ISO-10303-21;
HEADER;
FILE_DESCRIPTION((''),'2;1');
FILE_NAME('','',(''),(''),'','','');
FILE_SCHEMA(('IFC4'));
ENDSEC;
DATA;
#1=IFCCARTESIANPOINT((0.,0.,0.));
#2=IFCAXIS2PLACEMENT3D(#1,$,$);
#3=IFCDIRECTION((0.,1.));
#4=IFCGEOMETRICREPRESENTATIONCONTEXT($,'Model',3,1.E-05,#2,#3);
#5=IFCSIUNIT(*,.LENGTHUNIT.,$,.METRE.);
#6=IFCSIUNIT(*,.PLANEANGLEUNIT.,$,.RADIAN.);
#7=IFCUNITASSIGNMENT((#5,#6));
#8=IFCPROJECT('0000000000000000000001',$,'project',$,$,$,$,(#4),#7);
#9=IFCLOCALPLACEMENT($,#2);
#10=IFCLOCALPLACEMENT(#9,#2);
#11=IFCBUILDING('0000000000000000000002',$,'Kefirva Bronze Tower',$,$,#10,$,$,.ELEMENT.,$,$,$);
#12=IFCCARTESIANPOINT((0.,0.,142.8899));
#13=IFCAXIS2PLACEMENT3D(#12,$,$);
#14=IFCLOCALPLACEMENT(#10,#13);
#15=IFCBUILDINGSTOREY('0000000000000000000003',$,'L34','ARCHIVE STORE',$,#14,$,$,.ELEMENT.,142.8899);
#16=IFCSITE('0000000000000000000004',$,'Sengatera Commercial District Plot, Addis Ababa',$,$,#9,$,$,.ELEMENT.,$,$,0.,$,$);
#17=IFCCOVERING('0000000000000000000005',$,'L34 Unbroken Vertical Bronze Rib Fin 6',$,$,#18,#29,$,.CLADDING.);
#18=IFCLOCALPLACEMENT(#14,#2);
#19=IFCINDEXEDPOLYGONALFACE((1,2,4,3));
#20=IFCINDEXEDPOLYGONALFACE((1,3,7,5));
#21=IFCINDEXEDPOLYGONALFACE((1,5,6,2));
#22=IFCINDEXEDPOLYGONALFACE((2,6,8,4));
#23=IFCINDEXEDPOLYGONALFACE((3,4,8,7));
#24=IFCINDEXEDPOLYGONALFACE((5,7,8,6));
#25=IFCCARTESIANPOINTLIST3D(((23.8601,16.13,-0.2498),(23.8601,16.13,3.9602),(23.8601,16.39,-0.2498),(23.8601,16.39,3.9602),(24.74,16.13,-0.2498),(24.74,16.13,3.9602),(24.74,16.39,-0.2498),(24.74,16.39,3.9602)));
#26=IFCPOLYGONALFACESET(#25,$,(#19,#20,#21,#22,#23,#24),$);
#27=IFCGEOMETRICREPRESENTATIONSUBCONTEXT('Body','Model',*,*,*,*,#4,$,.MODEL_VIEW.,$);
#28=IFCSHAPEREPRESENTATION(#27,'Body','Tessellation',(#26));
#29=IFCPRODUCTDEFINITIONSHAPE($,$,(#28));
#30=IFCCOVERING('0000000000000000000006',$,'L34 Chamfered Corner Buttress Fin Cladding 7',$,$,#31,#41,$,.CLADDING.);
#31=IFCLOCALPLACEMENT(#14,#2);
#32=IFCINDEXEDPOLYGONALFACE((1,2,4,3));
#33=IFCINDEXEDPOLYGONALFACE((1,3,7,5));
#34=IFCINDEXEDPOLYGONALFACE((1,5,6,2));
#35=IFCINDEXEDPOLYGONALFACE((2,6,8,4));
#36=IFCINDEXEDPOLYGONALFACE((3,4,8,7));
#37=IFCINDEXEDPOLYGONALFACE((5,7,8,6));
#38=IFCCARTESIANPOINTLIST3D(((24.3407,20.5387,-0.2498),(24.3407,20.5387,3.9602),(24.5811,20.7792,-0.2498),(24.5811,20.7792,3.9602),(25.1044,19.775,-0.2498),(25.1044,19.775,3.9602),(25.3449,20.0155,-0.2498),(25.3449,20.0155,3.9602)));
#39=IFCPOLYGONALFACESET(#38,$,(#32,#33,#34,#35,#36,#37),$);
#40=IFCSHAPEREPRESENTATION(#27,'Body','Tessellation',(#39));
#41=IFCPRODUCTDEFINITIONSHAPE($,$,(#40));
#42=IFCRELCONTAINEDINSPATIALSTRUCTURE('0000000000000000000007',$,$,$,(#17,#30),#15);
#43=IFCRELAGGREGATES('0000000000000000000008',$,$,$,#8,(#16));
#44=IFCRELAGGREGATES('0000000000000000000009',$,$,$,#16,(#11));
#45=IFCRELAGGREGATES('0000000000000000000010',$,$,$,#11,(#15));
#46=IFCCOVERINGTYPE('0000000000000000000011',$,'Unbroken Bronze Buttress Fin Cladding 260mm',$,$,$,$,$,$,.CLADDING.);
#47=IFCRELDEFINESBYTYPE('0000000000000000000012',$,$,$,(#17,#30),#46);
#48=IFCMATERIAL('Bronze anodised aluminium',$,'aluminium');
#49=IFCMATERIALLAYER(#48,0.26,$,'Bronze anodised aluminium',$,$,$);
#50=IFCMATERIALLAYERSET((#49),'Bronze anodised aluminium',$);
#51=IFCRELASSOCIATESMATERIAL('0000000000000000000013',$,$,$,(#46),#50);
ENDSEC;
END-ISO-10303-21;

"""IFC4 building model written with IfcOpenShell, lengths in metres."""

from ifc_helpers import new_model, si_unit, direction, frame, origin, origin_2d, place, context, subcontext, project, spatial, rectangle, extrude, material, layer, layer_set, type_object, element, save


model = new_model("IFC4")

# Units and contexts
model_context = context("Model", 3, precision=1e-05, world=origin(), true_north=direction((0.0, 1.0)))
body_context = subcontext(model_context, "Body", "Model", "MODEL_VIEW")
ifc_project = project(units=[si_unit("LENGTHUNIT", "METRE"), si_unit("PLANEANGLEUNIT", "RADIAN")], contexts=[model_context])

# Site, building, storey
site_placement = place(None, origin())
site = spatial("IfcSite", under=ifc_project, at=site_placement, Name="Sengatera Commercial District Plot, Addis Ababa", CompositionType="ELEMENT", RefElevation=0.0)
building_placement = place(site_placement, origin())
building = spatial("IfcBuilding", under=site, at=building_placement, Name="Kefirva Bronze Tower", CompositionType="ELEMENT")
storey_placement = place(building_placement, frame((0.0, 0.0, 142.8899)))
storey = spatial("IfcBuildingStorey", under=building, at=storey_placement, Name="L34", Description="ARCHIVE STORE", CompositionType="ELEMENT", Elevation=142.8899)

# Shared definitions
ifc_material_1 = material(Name="Bronze anodised aluminium", Category="aluminium")

# Coverings
ifc_layer_1 = layer(ifc_material_1, 0.26, Name="Bronze anodised aluminium")
ifc_layer_set_1 = layer_set([ifc_layer_1], Name="Bronze anodised aluminium")
covering_type_1 = type_object("IfcCoveringType", Name="Unbroken Bronze Buttress Fin Cladding 260mm", PredefinedType="CLADDING", material=ifc_layer_set_1)
covering_1_placement = place(storey_placement, frame((24.3, 16.26, -0.2498), z_axis=(0.0, 0.0, 1.0), x_axis=(0.0, 1.0, 0.0)))
element("IfcCovering", 1, at=covering_1_placement, inside=storey, type_object=covering_type_1, Name="L34 Unbroken Vertical Bronze Rib Fin 6", PredefinedType="CLADDING", context=body_context, shape_type="SweptSolid", body=[
    extrude(rectangle(XDim=0.26, YDim=0.8799, at=origin_2d()), origin(), (0.0, 0.0, 1.0), 4.21),
])
covering_2_placement = place(storey_placement, frame((24.8428, 20.2771, -0.2498), z_axis=(0.0, 0.0, 1.0), x_axis=(0.707107, 0.707107, 0.0)))
element("IfcCovering", 2, at=covering_2_placement, inside=storey, type_object=covering_type_1, Name="L34 Chamfered Corner Buttress Fin Cladding 7", PredefinedType="CLADDING", context=body_context, shape_type="SweptSolid", body=[
    extrude(rectangle(XDim=0.3401, YDim=1.0801, at=origin_2d()), origin(), (0.0, 0.0, 1.0), 4.21),
])

save(model, "model.ifc")
